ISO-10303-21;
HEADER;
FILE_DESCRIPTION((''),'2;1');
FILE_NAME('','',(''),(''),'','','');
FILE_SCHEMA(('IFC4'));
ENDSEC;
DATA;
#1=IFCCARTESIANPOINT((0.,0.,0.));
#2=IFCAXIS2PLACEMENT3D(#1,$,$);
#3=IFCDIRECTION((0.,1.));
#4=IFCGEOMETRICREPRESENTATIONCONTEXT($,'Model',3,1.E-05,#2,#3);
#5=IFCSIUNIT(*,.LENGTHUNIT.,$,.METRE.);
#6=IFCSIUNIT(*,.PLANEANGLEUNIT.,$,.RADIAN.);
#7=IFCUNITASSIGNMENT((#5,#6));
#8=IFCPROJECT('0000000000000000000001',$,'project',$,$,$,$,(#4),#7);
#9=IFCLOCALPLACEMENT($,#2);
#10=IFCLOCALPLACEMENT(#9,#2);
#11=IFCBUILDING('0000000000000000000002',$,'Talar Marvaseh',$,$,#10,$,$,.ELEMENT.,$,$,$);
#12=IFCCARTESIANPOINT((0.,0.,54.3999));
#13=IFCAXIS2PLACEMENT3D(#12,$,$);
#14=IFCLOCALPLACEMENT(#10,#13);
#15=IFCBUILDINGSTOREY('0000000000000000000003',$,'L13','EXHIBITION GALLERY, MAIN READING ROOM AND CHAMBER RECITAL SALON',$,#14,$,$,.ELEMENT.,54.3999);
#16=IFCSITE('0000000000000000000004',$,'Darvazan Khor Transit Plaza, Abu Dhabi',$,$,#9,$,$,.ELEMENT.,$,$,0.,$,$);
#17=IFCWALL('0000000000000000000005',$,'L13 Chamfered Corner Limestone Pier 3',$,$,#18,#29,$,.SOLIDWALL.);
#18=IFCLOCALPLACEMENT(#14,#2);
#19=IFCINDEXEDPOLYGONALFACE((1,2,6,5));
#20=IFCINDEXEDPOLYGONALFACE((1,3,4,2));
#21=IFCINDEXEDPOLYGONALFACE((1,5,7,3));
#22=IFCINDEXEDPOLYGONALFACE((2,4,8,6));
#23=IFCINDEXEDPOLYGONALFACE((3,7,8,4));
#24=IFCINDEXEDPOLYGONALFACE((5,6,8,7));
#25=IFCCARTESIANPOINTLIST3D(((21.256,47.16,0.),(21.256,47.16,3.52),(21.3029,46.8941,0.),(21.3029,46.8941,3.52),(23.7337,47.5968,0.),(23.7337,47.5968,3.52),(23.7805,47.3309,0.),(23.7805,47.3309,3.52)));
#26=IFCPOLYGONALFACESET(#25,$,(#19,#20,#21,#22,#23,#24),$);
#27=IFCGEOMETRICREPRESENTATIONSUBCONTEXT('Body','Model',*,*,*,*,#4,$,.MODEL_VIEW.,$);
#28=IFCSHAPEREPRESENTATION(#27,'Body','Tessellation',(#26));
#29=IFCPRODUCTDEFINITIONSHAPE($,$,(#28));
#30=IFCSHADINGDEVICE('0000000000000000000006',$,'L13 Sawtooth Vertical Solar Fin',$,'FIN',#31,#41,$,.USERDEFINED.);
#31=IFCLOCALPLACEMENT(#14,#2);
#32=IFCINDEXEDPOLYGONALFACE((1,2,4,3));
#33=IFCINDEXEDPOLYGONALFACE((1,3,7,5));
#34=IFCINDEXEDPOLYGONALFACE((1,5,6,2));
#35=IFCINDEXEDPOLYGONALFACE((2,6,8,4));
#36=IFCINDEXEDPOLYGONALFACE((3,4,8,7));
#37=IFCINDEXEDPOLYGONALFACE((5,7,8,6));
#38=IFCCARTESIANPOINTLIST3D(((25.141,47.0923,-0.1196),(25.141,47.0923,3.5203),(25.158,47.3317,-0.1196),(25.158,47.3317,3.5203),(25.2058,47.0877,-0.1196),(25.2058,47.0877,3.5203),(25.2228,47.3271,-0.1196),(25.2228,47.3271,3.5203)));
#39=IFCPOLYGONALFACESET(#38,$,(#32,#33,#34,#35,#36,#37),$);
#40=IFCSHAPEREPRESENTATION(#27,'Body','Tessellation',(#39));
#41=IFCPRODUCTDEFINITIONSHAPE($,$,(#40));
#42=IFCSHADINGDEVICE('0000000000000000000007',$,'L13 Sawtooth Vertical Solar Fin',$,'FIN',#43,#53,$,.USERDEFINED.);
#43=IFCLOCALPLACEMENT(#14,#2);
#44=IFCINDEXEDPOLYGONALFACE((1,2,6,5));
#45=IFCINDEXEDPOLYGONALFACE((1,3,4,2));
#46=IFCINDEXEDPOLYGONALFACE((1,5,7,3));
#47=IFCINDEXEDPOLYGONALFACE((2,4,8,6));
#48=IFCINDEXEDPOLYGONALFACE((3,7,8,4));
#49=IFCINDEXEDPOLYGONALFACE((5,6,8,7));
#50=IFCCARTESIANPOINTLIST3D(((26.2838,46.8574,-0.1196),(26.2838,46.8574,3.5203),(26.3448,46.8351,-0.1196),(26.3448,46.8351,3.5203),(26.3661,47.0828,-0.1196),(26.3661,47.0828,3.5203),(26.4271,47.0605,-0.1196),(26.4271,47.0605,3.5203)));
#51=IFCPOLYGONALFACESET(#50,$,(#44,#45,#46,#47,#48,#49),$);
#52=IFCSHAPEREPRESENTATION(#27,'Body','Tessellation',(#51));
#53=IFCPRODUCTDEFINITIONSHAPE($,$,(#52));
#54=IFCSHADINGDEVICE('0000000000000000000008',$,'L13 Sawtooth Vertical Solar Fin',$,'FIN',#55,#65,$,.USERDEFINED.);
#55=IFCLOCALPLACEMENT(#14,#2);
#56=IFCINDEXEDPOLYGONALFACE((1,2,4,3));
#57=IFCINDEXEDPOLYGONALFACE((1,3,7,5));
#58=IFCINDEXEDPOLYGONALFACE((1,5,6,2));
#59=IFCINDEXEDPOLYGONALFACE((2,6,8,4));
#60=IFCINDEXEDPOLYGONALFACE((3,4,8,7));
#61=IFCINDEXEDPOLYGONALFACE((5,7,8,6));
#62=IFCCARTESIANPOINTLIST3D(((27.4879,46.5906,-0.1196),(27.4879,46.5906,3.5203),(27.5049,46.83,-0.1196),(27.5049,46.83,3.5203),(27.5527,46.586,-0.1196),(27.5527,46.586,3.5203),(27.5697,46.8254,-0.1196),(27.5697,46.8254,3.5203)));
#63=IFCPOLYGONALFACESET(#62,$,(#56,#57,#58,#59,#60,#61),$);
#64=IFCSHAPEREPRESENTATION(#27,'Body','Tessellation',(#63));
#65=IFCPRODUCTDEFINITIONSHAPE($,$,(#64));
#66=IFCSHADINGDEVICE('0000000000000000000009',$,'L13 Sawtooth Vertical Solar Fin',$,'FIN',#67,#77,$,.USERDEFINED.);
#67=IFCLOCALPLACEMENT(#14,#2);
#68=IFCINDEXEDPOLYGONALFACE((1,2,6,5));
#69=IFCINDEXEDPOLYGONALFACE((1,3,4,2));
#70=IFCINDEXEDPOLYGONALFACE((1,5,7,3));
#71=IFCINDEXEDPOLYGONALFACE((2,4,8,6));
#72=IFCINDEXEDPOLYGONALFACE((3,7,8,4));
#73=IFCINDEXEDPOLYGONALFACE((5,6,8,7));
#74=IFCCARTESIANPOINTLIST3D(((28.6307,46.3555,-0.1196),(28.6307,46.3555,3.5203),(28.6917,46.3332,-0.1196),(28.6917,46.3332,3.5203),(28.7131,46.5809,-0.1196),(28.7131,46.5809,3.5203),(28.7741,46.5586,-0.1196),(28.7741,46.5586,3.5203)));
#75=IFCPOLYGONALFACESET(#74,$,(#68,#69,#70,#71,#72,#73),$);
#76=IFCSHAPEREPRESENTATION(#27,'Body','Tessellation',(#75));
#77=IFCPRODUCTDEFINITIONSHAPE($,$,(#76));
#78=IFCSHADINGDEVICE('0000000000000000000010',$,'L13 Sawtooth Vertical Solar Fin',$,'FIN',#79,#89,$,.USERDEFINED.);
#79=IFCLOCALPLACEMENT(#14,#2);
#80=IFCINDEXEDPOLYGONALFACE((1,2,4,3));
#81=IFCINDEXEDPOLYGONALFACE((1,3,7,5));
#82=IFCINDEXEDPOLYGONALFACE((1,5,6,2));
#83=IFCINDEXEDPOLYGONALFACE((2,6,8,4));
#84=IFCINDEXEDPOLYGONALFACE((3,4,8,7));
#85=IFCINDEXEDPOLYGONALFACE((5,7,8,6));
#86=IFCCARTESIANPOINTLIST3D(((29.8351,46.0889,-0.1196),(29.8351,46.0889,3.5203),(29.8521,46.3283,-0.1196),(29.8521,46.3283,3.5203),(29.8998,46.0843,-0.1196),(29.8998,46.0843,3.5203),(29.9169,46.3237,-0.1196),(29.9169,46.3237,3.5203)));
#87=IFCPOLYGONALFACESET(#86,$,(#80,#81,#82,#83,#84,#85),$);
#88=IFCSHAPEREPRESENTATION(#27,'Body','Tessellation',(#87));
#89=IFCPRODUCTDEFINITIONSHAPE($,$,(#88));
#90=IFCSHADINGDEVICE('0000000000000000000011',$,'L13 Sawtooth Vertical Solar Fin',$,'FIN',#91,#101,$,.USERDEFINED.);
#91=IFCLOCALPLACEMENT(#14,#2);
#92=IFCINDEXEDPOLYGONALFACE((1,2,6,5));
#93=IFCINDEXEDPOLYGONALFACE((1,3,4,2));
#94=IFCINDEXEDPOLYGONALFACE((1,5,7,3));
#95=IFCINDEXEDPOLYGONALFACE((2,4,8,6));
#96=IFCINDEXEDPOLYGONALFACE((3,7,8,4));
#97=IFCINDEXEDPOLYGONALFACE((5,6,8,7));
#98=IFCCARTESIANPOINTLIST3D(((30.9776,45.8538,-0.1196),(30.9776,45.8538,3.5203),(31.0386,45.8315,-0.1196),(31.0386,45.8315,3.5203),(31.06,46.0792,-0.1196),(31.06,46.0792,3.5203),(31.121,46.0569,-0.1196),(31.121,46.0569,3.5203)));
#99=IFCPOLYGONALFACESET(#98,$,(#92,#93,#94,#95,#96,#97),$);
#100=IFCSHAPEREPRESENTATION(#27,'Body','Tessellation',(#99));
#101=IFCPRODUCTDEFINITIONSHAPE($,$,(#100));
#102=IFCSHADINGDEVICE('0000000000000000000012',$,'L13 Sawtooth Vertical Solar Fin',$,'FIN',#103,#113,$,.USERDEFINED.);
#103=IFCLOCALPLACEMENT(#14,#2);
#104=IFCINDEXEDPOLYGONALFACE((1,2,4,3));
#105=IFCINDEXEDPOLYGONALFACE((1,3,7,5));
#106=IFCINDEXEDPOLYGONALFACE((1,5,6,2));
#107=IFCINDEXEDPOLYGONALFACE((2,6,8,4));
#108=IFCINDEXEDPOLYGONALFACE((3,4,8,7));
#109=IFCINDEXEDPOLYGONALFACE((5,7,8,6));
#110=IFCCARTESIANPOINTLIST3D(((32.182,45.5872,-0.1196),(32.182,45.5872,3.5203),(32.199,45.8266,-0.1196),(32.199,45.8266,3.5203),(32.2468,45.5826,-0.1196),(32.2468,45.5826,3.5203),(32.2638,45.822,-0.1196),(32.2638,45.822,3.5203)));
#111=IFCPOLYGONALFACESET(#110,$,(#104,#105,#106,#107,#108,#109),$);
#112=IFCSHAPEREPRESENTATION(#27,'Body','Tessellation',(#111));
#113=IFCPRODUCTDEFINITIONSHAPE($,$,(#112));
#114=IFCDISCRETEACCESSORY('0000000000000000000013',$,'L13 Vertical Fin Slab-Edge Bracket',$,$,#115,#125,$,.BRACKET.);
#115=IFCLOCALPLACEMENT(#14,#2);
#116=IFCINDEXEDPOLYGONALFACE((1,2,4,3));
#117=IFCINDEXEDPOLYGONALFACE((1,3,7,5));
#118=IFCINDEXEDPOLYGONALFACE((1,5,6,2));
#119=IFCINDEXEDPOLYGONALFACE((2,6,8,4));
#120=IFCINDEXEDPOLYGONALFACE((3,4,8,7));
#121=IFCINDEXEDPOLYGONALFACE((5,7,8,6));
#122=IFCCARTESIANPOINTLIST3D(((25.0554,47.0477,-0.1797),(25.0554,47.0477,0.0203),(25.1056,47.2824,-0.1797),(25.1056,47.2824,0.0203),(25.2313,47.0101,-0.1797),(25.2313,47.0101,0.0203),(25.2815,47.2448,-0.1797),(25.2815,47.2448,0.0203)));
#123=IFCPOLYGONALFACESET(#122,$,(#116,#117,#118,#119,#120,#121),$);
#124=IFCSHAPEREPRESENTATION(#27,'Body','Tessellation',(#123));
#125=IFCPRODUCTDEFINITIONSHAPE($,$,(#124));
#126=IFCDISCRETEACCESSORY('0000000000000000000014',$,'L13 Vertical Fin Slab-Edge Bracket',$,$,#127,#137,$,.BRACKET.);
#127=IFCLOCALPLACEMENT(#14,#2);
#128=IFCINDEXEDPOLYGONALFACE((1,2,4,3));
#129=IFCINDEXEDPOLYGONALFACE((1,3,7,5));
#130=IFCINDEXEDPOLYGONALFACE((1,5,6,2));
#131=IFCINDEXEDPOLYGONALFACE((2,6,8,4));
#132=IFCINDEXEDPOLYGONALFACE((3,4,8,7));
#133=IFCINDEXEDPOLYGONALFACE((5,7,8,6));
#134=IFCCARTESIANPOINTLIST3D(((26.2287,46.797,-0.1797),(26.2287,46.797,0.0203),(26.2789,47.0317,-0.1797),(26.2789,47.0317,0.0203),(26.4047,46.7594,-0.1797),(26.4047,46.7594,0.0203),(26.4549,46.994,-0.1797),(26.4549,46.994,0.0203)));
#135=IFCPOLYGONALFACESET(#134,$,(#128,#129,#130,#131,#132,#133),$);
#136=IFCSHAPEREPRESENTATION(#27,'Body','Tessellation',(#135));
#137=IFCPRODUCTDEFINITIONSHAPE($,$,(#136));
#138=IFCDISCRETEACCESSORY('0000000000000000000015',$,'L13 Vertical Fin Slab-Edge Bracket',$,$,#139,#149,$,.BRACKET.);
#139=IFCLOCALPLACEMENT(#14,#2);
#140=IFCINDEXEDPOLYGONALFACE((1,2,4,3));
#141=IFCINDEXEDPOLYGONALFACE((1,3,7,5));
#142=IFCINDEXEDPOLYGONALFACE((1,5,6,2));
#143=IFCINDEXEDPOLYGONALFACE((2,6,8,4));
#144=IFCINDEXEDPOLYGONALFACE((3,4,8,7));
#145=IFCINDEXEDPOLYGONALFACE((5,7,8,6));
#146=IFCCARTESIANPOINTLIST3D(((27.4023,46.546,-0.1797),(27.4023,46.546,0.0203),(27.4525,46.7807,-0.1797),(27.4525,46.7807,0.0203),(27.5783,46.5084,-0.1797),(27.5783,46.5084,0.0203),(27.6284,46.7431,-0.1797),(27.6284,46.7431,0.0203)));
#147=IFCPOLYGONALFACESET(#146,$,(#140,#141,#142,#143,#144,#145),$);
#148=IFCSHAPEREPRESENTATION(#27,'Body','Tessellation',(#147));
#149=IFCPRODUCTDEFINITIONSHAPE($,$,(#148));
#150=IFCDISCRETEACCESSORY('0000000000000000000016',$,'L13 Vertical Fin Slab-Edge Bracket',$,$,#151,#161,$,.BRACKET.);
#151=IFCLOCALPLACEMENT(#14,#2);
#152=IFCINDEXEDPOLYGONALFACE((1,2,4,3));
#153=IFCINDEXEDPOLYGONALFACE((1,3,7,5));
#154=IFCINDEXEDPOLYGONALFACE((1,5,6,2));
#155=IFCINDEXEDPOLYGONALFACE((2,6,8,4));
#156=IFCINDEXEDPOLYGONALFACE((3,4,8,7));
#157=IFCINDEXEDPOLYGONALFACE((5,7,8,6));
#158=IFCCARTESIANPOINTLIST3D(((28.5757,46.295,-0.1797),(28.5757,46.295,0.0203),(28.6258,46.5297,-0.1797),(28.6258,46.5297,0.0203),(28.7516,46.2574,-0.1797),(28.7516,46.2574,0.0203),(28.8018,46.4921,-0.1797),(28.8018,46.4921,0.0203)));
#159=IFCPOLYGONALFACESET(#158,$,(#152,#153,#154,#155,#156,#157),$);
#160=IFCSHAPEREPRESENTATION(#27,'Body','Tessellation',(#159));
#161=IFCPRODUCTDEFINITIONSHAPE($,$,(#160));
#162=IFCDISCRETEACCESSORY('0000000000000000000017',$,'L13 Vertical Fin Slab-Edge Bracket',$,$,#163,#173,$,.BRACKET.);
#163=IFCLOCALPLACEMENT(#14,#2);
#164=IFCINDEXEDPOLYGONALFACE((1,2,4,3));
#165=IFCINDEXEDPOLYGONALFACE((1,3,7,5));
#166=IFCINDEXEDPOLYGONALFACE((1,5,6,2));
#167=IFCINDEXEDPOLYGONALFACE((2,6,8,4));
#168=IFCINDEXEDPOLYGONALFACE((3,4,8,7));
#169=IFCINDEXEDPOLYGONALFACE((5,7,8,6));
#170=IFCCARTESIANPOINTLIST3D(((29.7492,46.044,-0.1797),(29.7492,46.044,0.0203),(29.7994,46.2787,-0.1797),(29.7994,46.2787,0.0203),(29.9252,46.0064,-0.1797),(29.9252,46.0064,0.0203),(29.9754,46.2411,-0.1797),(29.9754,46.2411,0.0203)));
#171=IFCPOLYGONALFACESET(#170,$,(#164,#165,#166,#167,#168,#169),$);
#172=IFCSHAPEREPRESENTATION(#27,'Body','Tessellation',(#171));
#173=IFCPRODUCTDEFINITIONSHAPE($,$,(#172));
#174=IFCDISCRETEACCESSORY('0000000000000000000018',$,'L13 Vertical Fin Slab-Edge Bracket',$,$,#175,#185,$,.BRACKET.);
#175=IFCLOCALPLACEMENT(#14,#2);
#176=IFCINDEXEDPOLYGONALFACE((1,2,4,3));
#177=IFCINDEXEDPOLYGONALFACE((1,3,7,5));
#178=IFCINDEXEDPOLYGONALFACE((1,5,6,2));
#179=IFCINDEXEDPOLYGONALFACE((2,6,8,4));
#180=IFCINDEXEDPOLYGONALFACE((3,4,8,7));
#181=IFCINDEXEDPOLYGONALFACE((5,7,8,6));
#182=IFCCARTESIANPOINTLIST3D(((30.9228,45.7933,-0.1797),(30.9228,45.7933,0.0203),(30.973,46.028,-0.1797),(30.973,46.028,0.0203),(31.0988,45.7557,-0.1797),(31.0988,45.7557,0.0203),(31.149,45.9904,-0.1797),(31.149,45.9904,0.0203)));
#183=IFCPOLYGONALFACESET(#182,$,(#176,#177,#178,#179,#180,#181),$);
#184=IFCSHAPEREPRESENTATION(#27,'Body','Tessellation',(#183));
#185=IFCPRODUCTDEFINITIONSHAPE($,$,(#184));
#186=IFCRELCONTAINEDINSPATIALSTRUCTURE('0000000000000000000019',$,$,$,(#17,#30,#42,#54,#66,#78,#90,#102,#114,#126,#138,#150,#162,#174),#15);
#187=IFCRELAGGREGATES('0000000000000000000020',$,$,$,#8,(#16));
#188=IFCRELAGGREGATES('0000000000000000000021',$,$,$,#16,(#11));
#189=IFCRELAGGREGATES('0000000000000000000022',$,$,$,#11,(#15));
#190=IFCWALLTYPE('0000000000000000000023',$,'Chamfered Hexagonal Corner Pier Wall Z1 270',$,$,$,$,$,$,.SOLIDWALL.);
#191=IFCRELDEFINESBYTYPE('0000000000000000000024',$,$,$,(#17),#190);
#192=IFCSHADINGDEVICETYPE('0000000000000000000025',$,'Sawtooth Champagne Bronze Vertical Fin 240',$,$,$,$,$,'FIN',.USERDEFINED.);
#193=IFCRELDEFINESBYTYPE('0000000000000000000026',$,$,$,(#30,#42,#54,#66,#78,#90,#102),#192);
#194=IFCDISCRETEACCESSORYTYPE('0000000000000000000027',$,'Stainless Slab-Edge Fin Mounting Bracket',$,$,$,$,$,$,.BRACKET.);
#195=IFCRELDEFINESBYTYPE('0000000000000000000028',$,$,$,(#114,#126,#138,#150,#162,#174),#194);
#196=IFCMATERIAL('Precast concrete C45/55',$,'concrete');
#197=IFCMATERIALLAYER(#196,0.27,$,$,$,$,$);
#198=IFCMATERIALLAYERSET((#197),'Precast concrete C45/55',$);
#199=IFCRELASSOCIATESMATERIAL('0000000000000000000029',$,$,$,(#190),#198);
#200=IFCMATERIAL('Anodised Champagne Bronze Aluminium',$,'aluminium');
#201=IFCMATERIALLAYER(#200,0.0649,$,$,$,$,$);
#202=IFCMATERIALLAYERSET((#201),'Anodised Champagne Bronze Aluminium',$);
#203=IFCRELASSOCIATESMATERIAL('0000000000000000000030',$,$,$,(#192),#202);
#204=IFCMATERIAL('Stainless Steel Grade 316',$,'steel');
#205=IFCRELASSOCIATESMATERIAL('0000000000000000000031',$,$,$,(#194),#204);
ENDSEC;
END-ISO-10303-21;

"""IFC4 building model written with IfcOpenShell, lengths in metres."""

from ifc_helpers import new_model, si_unit, direction, frame, frame_2d, origin, origin_2d, place, context, subcontext, project, spatial, rectangle, extrude, source, transform, mapped, material, layer, layer_set, type_object, type_shapes, element, save


model = new_model("IFC4")

# Units and contexts
model_context = context("Model", 3, precision=1e-05, world=origin(), true_north=direction((0.0, 1.0)))
body_context = subcontext(model_context, "Body", "Model", "MODEL_VIEW")
ifc_project = project(units=[si_unit("LENGTHUNIT", "METRE"), si_unit("PLANEANGLEUNIT", "RADIAN")], contexts=[model_context])

# Site, building, storey
site_placement = place(None, origin())
site = spatial("IfcSite", under=ifc_project, at=site_placement, Name="Darvazan Khor Transit Plaza, Abu Dhabi", CompositionType="ELEMENT", RefElevation=0.0)
building_placement = place(site_placement, origin())
building = spatial("IfcBuilding", under=site, at=building_placement, Name="Talar Marvaseh", CompositionType="ELEMENT")
storey_placement = place(building_placement, frame((0.0, 0.0, 54.3999)))
storey = spatial("IfcBuildingStorey", under=building, at=storey_placement, Name="L13", Description="EXHIBITION GALLERY, MAIN READING ROOM AND CHAMBER RECITAL SALON", CompositionType="ELEMENT", Elevation=54.3999)

# Wall
ifc_material_1 = material(Name="Precast concrete C45/55", Category="concrete")
ifc_layer_1 = layer(ifc_material_1, 0.27)
ifc_layer_set_1 = layer_set([ifc_layer_1], Name="Precast concrete C45/55")
wall_type = type_object("IfcWallType", Name="Chamfered Hexagonal Corner Pier Wall Z1 270", PredefinedType="SOLIDWALL", material=ifc_layer_set_1)
wall_placement = place(storey_placement, frame((21.2795, 47.0271, 0.0), z_axis=(0.0, 0.0, 1.0), x_axis=(0.984817, 0.173597, 0.0)))
element("IfcWall", 1, at=wall_placement, inside=storey, type_object=wall_type, Name="L13 Chamfered Corner Limestone Pier 3", PredefinedType="SOLIDWALL", context=body_context, shape_type="SweptSolid", body=[
    extrude(rectangle(XDim=2.5159, YDim=0.27, at=frame_2d((1.2578, 0.0))), origin(), (0.0, 0.0, 1.0), 3.52),
])

# Shading devices
ifc_material_2 = material(Name="Anodised Champagne Bronze Aluminium", Category="aluminium")
ifc_layer_2 = layer(ifc_material_2, 0.0649)
ifc_layer_set_2 = layer_set([ifc_layer_2], Name="Anodised Champagne Bronze Aluminium")
shading_device_type = type_object("IfcShadingDeviceType", Name="Sawtooth Champagne Bronze Vertical Fin 240", ElementType="FIN", PredefinedType="USERDEFINED", material=ifc_layer_set_2)
shared_shape_1 = source(origin(), body_context, "Body", "SweptSolid", [
    extrude(rectangle(XDim=0.24, YDim=0.0649, at=origin_2d()), origin(), (0.0, 0.0, 1.0), 3.6399),
])
type_shapes(shading_device_type, [shared_shape_1])
for number, where, z_axis, x_axis, name in (
    (2, (25.1819, 47.2097, -0.1196), (0.0, 0.0, 1.0), (0.070975, 0.997478, 0.0), "L13 Sawtooth Vertical Solar Fin"),
    (3, (26.3555, 46.959, -0.1196), (0.0, 0.0, 1.0), (0.343168, 0.939274, 0.0), "L13 Sawtooth Vertical Solar Fin"),
    (4, (27.5288, 46.708, -0.1196), (0.0, 0.0, 1.0), (0.070975, 0.997478, 0.0), "L13 Sawtooth Vertical Solar Fin"),
    (5, (28.7024, 46.457, -0.1196), (0.0, 0.0, 1.0), (0.343168, 0.939274, 0.0), "L13 Sawtooth Vertical Solar Fin"),
    (6, (29.876, 46.2063, -0.1196), (0.0, 0.0, 1.0), (0.070975, 0.997478, 0.0), "L13 Sawtooth Vertical Solar Fin"),
    (7, (31.0493, 45.9553, -0.1196), (0.0, 0.0, 1.0), (0.343168, 0.939274, 0.0), "L13 Sawtooth Vertical Solar Fin"),
    (8, (32.2229, 45.7046, -0.1196), (0.0, 0.0, 1.0), (0.070975, 0.997478, 0.0), "L13 Sawtooth Vertical Solar Fin"),
):
    element("IfcShadingDevice", number, at=place(storey_placement, frame(where, z_axis=z_axis, x_axis=x_axis)), inside=storey, type_object=shading_device_type, Name=name, ObjectType="FIN", PredefinedType="USERDEFINED", context=body_context, shape_type="MappedRepresentation", body=[
        mapped(shared_shape_1, transform((0.0, 0.0, 0.0), x_axis=(1.0, 0.0, 0.0), y_axis=(0.0, 1.0, 0.0), z_axis=(0.0, 0.0, 1.0), scale=1.0)),
    ])

# Discrete accessories
ifc_material_3 = material(Name="Stainless Steel Grade 316", Category="steel")
discrete_accessory_type = type_object("IfcDiscreteAccessoryType", Name="Stainless Slab-Edge Fin Mounting Bracket", PredefinedType="BRACKET", material=ifc_material_3)
shared_shape_2 = source(origin(), body_context, "Body", "SweptSolid", [
    extrude(rectangle(XDim=0.24, YDim=0.1799, at=origin_2d()), origin(), (0.0, 0.0, 1.0), 0.2),
])
type_shapes(discrete_accessory_type, [shared_shape_2])
for number, where, z_axis, x_axis, name in (
    (9, (25.1685, 47.1462, -0.1797), (0.0, 0.0, 1.0), (0.209107, 0.977893, 0.0), "L13 Vertical Fin Slab-Edge Bracket"),
    (10, (26.3418, 46.8955, -0.1797), (0.0, 0.0, 1.0), (0.209107, 0.977893, 0.0), "L13 Vertical Fin Slab-Edge Bracket"),
    (11, (27.5154, 46.6445, -0.1797), (0.0, 0.0, 1.0), (0.209107, 0.977893, 0.0), "L13 Vertical Fin Slab-Edge Bracket"),
    (12, (28.6887, 46.3936, -0.1797), (0.0, 0.0, 1.0), (0.209107, 0.977893, 0.0), "L13 Vertical Fin Slab-Edge Bracket"),
    (13, (29.8623, 46.1426, -0.1797), (0.0, 0.0, 1.0), (0.209107, 0.977893, 0.0), "L13 Vertical Fin Slab-Edge Bracket"),
    (14, (31.0359, 45.8918, -0.1797), (0.0, 0.0, 1.0), (0.209107, 0.977893, 0.0), "L13 Vertical Fin Slab-Edge Bracket"),
):
    element("IfcDiscreteAccessory", number, at=place(storey_placement, frame(where, z_axis=z_axis, x_axis=x_axis)), inside=storey, type_object=discrete_accessory_type, Name=name, PredefinedType="BRACKET", context=body_context, shape_type="MappedRepresentation", body=[
        mapped(shared_shape_2, transform((0.0, 0.0, 0.0), x_axis=(1.0, 0.0, 0.0), y_axis=(0.0, 1.0, 0.0), z_axis=(0.0, 0.0, 1.0), scale=1.0)),
    ])

save(model, "model.ifc")
